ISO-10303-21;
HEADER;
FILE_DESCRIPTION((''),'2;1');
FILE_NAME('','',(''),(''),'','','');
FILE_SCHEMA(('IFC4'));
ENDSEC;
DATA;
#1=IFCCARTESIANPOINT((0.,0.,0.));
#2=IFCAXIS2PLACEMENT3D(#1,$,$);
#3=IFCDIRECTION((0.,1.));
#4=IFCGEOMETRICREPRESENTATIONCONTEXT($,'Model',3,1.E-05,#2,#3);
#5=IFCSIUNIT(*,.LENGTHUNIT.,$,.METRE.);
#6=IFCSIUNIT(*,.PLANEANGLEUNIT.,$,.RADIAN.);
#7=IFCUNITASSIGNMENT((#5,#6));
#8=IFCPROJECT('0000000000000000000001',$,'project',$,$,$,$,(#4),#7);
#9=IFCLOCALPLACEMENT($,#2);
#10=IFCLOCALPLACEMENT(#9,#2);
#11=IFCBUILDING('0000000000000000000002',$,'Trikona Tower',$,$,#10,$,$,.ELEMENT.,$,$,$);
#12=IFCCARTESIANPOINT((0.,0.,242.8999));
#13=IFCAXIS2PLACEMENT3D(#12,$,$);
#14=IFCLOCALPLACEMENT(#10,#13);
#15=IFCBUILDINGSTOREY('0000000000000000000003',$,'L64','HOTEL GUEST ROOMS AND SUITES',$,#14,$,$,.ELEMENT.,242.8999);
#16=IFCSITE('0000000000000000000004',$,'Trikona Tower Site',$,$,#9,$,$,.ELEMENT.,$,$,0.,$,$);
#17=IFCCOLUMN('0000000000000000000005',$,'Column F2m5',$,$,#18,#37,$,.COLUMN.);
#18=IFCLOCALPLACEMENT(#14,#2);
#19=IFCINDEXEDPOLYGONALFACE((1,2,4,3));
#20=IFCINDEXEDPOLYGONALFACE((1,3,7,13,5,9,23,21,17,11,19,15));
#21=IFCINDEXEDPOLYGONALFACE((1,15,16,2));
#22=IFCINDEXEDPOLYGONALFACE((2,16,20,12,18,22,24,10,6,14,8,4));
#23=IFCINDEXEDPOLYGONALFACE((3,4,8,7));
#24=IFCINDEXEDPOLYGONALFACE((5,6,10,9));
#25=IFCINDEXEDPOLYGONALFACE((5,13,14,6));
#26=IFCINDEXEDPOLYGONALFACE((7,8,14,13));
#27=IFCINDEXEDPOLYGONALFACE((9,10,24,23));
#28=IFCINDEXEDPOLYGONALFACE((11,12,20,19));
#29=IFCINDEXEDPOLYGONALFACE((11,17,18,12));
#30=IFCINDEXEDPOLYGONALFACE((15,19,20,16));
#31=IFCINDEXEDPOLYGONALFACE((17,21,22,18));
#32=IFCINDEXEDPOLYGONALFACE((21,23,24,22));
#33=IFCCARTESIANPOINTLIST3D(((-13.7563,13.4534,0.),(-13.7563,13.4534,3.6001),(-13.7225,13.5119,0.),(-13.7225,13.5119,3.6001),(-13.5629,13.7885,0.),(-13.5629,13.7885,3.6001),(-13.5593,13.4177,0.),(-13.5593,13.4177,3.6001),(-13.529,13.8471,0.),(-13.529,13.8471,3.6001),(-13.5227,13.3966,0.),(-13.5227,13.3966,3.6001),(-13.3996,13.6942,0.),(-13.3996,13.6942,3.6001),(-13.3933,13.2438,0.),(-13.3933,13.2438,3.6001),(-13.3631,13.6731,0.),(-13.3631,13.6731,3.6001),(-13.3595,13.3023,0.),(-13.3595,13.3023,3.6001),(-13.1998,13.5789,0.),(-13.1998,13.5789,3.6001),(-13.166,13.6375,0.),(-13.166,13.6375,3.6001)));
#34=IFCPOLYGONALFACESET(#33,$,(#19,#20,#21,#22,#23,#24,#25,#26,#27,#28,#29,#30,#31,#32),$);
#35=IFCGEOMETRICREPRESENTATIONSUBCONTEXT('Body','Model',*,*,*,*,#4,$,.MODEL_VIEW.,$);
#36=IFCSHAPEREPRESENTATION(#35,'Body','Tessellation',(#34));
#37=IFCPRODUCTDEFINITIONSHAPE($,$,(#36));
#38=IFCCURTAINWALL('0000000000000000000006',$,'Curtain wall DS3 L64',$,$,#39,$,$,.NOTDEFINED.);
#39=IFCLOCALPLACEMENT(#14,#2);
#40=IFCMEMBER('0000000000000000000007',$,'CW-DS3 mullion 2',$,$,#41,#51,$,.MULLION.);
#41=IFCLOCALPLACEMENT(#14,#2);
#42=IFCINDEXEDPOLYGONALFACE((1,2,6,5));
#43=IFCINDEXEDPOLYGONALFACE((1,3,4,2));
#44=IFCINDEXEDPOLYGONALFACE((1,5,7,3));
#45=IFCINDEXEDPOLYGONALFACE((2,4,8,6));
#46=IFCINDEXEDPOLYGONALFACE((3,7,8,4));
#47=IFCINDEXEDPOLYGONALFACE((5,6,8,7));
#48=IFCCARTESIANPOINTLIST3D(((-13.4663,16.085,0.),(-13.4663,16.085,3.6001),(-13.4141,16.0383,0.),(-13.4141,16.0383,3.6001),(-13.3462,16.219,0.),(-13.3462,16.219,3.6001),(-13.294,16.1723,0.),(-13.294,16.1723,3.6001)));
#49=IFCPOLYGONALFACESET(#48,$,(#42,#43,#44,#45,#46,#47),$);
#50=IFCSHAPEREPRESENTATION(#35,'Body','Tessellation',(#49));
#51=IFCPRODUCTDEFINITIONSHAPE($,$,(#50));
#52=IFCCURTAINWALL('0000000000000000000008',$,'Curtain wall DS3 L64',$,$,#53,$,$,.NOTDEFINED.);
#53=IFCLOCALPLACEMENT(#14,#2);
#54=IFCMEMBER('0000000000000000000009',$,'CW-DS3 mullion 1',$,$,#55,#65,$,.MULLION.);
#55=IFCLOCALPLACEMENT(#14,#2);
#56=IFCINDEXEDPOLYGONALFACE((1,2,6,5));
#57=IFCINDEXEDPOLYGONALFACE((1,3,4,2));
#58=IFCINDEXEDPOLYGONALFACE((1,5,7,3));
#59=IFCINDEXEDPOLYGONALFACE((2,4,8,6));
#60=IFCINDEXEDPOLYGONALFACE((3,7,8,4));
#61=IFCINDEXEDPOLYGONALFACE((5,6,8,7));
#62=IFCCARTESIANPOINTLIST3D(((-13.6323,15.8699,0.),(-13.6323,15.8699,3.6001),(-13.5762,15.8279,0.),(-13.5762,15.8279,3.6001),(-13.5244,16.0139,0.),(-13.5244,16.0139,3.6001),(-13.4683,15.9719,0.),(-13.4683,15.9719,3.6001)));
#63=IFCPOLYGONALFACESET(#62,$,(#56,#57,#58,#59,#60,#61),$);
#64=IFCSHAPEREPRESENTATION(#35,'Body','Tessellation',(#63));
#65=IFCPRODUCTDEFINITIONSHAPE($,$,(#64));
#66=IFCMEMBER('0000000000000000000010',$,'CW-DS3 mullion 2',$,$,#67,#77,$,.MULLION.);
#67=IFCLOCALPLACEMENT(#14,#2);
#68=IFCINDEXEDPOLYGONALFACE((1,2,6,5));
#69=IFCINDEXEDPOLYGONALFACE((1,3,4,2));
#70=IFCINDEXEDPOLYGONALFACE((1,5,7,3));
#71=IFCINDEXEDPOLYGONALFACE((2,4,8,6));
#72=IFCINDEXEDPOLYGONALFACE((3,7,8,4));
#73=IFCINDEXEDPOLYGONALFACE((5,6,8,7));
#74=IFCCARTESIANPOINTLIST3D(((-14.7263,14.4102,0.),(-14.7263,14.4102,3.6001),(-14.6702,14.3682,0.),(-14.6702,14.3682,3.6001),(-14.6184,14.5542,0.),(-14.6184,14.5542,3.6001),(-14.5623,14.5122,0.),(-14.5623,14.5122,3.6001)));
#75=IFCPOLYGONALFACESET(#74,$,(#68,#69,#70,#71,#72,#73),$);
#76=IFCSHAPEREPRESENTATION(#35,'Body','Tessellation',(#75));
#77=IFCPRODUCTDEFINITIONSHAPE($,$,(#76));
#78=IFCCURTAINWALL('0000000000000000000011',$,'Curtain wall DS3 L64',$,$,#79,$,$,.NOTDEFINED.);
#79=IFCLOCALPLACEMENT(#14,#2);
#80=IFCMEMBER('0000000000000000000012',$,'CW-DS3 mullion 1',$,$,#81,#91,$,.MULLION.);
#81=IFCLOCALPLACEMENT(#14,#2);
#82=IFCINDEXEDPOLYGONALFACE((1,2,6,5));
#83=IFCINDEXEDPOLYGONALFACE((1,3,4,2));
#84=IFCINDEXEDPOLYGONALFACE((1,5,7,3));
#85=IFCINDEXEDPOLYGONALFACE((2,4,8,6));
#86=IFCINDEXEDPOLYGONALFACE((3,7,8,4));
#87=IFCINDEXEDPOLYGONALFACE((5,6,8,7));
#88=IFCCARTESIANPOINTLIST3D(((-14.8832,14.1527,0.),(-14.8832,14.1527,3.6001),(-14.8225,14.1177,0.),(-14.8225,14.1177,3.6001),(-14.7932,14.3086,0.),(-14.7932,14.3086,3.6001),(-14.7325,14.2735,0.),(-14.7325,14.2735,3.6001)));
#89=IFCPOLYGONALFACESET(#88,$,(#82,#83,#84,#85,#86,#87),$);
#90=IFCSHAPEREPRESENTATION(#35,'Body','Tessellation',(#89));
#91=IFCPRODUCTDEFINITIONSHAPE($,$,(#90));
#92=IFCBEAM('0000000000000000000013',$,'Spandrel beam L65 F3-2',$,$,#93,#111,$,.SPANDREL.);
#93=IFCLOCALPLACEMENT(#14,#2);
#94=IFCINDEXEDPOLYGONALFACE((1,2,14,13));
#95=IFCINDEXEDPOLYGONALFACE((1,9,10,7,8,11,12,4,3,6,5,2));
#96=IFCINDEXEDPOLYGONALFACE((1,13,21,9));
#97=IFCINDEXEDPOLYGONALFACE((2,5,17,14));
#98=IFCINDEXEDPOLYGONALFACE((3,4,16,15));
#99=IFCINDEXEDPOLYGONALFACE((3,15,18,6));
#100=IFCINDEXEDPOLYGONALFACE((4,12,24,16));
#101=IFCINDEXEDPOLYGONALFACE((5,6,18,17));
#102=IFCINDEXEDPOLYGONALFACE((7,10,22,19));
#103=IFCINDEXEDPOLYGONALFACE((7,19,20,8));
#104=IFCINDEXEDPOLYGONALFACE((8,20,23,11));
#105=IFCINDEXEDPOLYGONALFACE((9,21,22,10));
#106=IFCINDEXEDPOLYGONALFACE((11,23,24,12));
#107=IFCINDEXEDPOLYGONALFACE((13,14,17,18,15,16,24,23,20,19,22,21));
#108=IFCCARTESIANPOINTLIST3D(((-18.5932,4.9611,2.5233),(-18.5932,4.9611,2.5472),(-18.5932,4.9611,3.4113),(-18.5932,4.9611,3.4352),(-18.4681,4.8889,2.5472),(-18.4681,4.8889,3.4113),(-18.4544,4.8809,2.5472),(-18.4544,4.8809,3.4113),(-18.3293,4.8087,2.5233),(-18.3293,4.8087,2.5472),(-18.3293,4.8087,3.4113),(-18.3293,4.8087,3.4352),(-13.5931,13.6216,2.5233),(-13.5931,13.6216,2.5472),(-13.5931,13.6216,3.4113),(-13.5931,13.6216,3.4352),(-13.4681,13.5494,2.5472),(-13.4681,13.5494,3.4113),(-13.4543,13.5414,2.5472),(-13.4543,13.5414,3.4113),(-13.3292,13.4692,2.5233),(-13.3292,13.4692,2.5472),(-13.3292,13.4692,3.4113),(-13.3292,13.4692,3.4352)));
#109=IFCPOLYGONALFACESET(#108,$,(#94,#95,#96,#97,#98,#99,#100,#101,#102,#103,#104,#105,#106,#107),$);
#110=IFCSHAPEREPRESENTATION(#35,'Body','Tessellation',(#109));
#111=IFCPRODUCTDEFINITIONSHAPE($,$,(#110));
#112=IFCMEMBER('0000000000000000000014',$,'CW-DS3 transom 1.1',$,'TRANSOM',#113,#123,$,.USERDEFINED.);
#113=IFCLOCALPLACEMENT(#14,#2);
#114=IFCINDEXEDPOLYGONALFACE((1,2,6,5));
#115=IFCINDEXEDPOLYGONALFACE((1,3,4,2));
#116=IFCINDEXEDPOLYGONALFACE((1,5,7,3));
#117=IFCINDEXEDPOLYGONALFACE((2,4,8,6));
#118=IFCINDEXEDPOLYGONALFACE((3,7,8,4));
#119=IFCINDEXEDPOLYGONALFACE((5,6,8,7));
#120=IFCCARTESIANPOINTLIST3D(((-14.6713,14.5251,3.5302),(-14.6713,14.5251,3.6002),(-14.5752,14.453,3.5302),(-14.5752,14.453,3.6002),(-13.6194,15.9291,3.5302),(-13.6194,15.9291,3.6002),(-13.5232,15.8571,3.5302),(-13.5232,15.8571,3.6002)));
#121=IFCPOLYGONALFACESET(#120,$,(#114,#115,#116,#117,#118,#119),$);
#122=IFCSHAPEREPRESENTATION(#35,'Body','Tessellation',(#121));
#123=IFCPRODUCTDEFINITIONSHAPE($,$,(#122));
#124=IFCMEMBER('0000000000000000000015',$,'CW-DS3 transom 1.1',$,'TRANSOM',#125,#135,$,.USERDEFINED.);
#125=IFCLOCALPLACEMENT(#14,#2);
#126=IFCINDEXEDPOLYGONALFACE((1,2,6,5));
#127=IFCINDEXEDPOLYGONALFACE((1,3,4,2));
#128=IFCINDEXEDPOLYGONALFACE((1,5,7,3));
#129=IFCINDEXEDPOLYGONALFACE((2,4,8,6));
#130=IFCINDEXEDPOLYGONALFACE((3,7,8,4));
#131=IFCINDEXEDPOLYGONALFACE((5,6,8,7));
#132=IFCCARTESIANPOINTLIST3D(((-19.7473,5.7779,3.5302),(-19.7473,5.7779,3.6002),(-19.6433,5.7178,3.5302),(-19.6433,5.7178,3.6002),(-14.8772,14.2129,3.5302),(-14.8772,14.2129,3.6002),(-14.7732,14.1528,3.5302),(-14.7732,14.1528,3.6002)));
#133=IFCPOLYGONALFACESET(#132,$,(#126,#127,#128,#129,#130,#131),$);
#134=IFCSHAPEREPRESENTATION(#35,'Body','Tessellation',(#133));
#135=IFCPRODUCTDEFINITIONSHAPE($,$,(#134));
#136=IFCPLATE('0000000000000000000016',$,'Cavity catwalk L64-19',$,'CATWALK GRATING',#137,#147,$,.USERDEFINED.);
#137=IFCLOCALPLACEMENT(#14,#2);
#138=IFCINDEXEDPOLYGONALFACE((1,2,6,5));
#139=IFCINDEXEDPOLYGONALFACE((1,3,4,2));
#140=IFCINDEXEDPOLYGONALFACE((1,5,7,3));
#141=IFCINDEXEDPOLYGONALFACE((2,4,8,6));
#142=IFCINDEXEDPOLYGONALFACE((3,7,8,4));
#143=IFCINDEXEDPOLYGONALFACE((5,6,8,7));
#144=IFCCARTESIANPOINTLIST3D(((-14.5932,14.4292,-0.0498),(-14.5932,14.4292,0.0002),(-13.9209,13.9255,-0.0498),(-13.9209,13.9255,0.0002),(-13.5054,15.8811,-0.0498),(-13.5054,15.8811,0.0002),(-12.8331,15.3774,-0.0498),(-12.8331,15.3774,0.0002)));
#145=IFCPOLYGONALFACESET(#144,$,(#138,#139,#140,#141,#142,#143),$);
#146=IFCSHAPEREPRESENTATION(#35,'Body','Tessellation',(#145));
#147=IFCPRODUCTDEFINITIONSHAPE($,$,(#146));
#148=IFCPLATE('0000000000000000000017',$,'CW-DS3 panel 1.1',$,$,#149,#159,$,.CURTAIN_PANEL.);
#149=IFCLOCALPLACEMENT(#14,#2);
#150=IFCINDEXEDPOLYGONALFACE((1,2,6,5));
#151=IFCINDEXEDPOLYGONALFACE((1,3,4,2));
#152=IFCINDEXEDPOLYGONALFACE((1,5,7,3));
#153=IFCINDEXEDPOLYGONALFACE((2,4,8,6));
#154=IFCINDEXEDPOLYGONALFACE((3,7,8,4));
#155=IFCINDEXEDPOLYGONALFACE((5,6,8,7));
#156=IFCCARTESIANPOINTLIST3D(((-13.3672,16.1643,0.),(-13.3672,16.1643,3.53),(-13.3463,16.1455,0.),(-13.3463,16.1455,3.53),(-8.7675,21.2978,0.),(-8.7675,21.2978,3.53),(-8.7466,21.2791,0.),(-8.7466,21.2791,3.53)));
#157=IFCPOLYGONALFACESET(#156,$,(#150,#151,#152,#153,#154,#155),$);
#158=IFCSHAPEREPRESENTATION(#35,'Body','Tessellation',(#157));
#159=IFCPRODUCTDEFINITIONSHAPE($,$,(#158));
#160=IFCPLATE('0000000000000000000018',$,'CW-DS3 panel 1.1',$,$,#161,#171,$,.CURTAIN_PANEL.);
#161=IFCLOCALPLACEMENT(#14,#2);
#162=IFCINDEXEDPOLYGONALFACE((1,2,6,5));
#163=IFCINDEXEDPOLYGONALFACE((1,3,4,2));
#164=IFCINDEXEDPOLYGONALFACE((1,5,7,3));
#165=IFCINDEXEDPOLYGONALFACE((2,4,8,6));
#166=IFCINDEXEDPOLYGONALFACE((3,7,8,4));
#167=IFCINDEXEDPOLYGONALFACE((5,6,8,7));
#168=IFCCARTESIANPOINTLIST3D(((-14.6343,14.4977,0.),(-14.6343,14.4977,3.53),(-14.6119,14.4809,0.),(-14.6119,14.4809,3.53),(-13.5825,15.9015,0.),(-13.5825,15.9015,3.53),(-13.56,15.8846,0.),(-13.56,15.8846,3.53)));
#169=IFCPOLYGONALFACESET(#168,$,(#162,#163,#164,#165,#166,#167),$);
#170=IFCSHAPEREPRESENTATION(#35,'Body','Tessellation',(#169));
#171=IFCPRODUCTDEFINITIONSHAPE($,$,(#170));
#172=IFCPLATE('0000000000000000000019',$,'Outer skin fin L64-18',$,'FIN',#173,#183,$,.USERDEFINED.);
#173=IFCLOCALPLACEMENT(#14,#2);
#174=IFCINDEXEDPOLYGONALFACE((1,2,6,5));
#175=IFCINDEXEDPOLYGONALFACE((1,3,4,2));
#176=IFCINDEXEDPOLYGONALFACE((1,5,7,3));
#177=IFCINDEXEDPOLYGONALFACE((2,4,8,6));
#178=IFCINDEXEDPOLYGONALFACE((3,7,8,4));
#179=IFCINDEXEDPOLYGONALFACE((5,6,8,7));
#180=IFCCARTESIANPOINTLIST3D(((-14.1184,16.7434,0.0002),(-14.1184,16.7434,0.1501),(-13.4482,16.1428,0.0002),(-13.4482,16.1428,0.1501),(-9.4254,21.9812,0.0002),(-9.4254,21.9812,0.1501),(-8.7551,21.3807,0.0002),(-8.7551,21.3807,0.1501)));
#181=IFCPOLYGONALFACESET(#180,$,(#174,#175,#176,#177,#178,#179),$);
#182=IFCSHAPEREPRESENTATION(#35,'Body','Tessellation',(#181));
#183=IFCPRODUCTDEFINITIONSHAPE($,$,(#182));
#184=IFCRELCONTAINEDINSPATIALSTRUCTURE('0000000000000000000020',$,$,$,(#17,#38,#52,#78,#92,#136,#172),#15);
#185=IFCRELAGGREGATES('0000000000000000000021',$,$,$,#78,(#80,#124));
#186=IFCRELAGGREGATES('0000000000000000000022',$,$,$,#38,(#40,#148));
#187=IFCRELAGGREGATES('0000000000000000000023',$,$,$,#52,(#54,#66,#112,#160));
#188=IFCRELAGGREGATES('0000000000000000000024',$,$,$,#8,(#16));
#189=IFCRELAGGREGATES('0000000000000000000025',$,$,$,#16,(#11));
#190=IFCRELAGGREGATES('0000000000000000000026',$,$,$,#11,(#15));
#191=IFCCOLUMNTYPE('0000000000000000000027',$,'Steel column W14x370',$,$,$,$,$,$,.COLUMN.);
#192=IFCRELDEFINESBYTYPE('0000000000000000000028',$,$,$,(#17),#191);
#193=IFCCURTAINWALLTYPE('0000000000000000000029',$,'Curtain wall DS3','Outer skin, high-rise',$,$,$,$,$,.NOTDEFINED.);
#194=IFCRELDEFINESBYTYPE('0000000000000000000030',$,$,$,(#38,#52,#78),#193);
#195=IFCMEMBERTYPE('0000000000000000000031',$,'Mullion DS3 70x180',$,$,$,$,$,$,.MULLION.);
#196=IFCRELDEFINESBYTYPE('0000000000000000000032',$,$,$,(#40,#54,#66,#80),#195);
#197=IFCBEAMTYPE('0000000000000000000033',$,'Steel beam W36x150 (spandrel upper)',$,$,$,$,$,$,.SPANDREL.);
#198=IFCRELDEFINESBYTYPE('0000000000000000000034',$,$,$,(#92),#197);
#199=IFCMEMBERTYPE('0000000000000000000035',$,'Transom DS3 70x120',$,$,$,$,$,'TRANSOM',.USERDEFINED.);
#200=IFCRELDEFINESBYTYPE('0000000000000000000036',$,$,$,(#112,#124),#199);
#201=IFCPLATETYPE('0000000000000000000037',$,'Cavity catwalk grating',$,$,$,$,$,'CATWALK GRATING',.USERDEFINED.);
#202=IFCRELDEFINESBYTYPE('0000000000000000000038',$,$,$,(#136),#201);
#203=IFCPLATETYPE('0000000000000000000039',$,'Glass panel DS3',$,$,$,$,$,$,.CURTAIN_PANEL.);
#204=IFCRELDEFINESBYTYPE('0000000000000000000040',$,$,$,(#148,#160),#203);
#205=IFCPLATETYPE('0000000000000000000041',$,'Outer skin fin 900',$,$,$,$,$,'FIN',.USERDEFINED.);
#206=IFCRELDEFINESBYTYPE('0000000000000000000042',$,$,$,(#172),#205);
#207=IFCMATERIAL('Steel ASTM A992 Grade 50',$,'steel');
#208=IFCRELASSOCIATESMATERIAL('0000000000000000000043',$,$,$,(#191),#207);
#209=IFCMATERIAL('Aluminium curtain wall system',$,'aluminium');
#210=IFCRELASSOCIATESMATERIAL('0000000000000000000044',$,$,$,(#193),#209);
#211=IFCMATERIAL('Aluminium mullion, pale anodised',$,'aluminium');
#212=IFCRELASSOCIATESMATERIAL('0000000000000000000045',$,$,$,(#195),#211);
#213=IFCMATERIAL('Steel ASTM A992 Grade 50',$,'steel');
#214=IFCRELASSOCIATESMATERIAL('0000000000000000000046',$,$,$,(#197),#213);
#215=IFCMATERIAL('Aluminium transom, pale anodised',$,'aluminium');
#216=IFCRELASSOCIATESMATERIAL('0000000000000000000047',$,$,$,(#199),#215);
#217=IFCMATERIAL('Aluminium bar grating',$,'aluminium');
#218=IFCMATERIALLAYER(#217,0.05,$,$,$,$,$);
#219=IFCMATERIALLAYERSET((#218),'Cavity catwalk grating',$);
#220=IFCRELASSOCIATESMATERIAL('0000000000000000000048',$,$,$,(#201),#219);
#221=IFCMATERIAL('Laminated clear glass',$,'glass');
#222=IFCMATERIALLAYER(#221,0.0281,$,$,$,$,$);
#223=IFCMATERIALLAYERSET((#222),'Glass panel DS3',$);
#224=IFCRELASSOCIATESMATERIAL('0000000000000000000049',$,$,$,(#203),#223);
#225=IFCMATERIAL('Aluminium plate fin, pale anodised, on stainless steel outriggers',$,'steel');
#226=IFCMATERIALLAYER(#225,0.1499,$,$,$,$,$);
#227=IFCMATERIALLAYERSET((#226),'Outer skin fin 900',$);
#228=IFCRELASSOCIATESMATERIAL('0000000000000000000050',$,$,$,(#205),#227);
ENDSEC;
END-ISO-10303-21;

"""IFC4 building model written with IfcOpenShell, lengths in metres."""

from ifc_helpers import new_model, si_unit, direction, frame, origin, origin_2d, place, context, subcontext, project, spatial, rectangle, i_section, extrude, material, layer, layer_set, material_profile, profile_set, type_object, element, aggregate, save


model = new_model("IFC4")

# Units and contexts
model_context = context("Model", 3, precision=1e-05, world=origin(), true_north=direction((0.0, 1.0)))
body_context = subcontext(model_context, "Body", "Model", "MODEL_VIEW")
ifc_project = project(units=[si_unit("LENGTHUNIT", "METRE"), si_unit("PLANEANGLEUNIT", "RADIAN")], contexts=[model_context])

# Site, building, storey
site_placement = place(None, origin())
site = spatial("IfcSite", under=ifc_project, at=site_placement, Name="Trikona Tower Site", CompositionType="ELEMENT", RefElevation=0.0)
building_placement = place(site_placement, origin())
building = spatial("IfcBuilding", under=site, at=building_placement, Name="Trikona Tower", CompositionType="ELEMENT")
storey_placement = place(building_placement, frame((0.0, 0.0, 242.8999)))
storey = spatial("IfcBuildingStorey", under=building, at=storey_placement, Name="L64", Description="HOTEL GUEST ROOMS AND SUITES", CompositionType="ELEMENT", Elevation=242.8999)

# Column
ifc_material_1 = material(Name="Steel ASTM A992 Grade 50", Category="steel")
ifc_material_profile_1 = material_profile(ifc_material_1, i_section(OverallWidth=0.4192, OverallDepth=0.4546, WebThickness=0.0422, FlangeThickness=0.0676, at=origin_2d()), Name="W14X370")
ifc_profile_set_1 = profile_set([ifc_material_profile_1], Name="Steel ASTM A992 Grade 50")
column_type = type_object("IfcColumnType", Name="Steel column W14x370", PredefinedType="COLUMN", material=ifc_profile_set_1)
column_placement = place(storey_placement, frame((-13.4612, 13.5454, 0.0), z_axis=(0.0, 0.0, 1.0), x_axis=(-0.866025, 0.5, 0.0)))
element("IfcColumn", 1, at=column_placement, inside=storey, type_object=column_type, Name="Column F2m5", PredefinedType="COLUMN", context=body_context, shape_type="SweptSolid", body=[
    extrude(i_section(OverallWidth=0.4192, OverallDepth=0.4546, WebThickness=0.0422, FlangeThickness=0.0676, at=origin_2d()), origin(), (0.0, 0.0, 1.0), 3.6001),
])

# Curtain wall, member
ifc_material_2 = material(Name="Aluminium curtain wall system", Category="aluminium")
curtain_wall_type = type_object("IfcCurtainWallType", Name="Curtain wall DS3", Description="Outer skin, high-rise", PredefinedType="NOTDEFINED", material=ifc_material_2)
curtain_wall_1_placement = place(storey_placement, origin())
curtain_wall_1 = element("IfcCurtainWall", 2, at=curtain_wall_1_placement, inside=storey, type_object=curtain_wall_type, Name="Curtain wall DS3 L64", PredefinedType="NOTDEFINED")
ifc_material_3 = material(Name="Aluminium mullion, pale anodised", Category="aluminium")
ifc_material_profile_2 = material_profile(ifc_material_3, rectangle(XDim=0.0701, YDim=0.1799, at=origin_2d()), Name="MUL-DS3")
ifc_profile_set_2 = profile_set([ifc_material_profile_2], Name="Aluminium mullion, pale anodised")
member_type_1 = type_object("IfcMemberType", Name="Mullion DS3 70x180", PredefinedType="MULLION", material=ifc_profile_set_2)
member_1_placement = place(storey_placement, frame((-13.3801, 16.1287, 0.0), z_axis=(0.0, 0.0, 1.0), x_axis=(0.744771, -0.66732, 0.0)))
member_1 = element("IfcMember", 3, at=member_1_placement, type_object=member_type_1, Name="CW-DS3 mullion 2", PredefinedType="MULLION", context=body_context, shape_type="SweptSolid", body=[
    extrude(rectangle(XDim=0.0701, YDim=0.1799, at=origin_2d()), origin(), (0.0, 0.0, 1.0), 3.6001),
])

# Curtain wall, members
curtain_wall_2_placement = place(storey_placement, origin())
curtain_wall_2 = element("IfcCurtainWall", 4, at=curtain_wall_2_placement, inside=storey, type_object=curtain_wall_type, Name="Curtain wall DS3 L64", PredefinedType="NOTDEFINED")
member_2_placement = place(storey_placement, frame((-13.5503, 15.9209, 0.0), z_axis=(0.0, 0.0, 1.0), x_axis=(0.80026, -0.599654, 0.0)))
member_2 = element("IfcMember", 5, at=member_2_placement, type_object=member_type_1, Name="CW-DS3 mullion 1", PredefinedType="MULLION", context=body_context, shape_type="SweptSolid", body=[
    extrude(rectangle(XDim=0.0701, YDim=0.1799, at=origin_2d()), origin(), (0.0, 0.0, 1.0), 3.6001),
])
member_3_placement = place(storey_placement, frame((-14.6443, 14.4612, 0.0), z_axis=(0.0, 0.0, 1.0), x_axis=(0.80026, -0.599654, 0.0)))
member_3 = element("IfcMember", 6, at=member_3_placement, type_object=member_type_1, Name="CW-DS3 mullion 2", PredefinedType="MULLION", context=body_context, shape_type="SweptSolid", body=[
    extrude(rectangle(XDim=0.0701, YDim=0.1799, at=origin_2d()), origin(), (0.0, 0.0, 1.0), 3.6001),
])

# Curtain wall, member
curtain_wall_3_placement = place(storey_placement, origin())
curtain_wall_3 = element("IfcCurtainWall", 7, at=curtain_wall_3_placement, inside=storey, type_object=curtain_wall_type, Name="Curtain wall DS3 L64", PredefinedType="NOTDEFINED")
member_4_placement = place(storey_placement, frame((-14.8079, 14.2131, 0.0), z_axis=(0.0, 0.0, 1.0), x_axis=(0.866025, -0.500001, 0.0)))
member_4 = element("IfcMember", 8, at=member_4_placement, type_object=member_type_1, Name="CW-DS3 mullion 1", PredefinedType="MULLION", context=body_context, shape_type="SweptSolid", body=[
    extrude(rectangle(XDim=0.0701, YDim=0.1799, at=origin_2d()), origin(), (0.0, 0.0, 1.0), 3.6001),
])

# Beam
ifc_material_4 = material(Name="Steel ASTM A992 Grade 50", Category="steel")
ifc_material_profile_3 = material_profile(ifc_material_4, i_section(OverallWidth=0.3047, OverallDepth=0.9119, WebThickness=0.0159, FlangeThickness=0.0239, at=origin_2d()), Name="W36X150")
ifc_profile_set_3 = profile_set([ifc_material_profile_3], Name="Steel ASTM A992 Grade 50")
beam_type = type_object("IfcBeamType", Name="Steel beam W36x150 (spandrel upper)", PredefinedType="SPANDREL", material=ifc_profile_set_3)
beam_placement = place(storey_placement, frame((-13.4612, 13.5454, 2.9792), z_axis=(-0.499994, -0.866029, 0.0), x_axis=(0.866029, -0.499994, 0.0)))
element("IfcBeam", 9, at=beam_placement, inside=storey, type_object=beam_type, Name="Spandrel beam L65 F3-2", PredefinedType="SPANDREL", context=body_context, shape_type="SweptSolid", body=[
    extrude(i_section(OverallWidth=0.3047, OverallDepth=0.9119, WebThickness=0.0159, FlangeThickness=0.0239, at=origin_2d()), origin(), (0.0, 0.0, 1.0), 10.0002),
])

# Members
ifc_material_5 = material(Name="Aluminium transom, pale anodised", Category="aluminium")
ifc_material_profile_4 = material_profile(ifc_material_5, rectangle(XDim=0.1201, YDim=0.0701, at=origin_2d()), Name="TRN-DS3")
ifc_profile_set_4 = profile_set([ifc_material_profile_4], Name="Aluminium transom, pale anodised")
member_type_2 = type_object("IfcMemberType", Name="Transom DS3 70x120", ElementType="TRANSOM", PredefinedType="USERDEFINED", material=ifc_profile_set_4)
member_5_placement = place(storey_placement, frame((-13.5713, 15.8931, 3.5652), z_axis=(-0.599621, -0.800284, 0.0), x_axis=(0.800284, -0.599621, 0.0)))
member_5 = element("IfcMember", 10, at=member_5_placement, type_object=member_type_2, Name="CW-DS3 transom 1.1", ObjectType="TRANSOM", PredefinedType="USERDEFINED", context=body_context, shape_type="SweptSolid", body=[
    extrude(rectangle(XDim=0.1201, YDim=0.0701, at=origin_2d()), origin(), (0.0, 0.0, 1.0), 1.7544),
])
member_6_placement = place(storey_placement, frame((-14.8252, 14.1829, 3.5652), z_axis=(-0.50001, -0.866019, 0.0), x_axis=(0.866019, -0.50001, 0.0)))
member_6 = element("IfcMember", 11, at=member_6_placement, type_object=member_type_2, Name="CW-DS3 transom 1.1", ObjectType="TRANSOM", PredefinedType="USERDEFINED", context=body_context, shape_type="SweptSolid", body=[
    extrude(rectangle(XDim=0.1201, YDim=0.0701, at=origin_2d()), origin(), (0.0, 0.0, 1.0), 9.74),
])
aggregate(curtain_wall_3, [member_4, member_6])

# Plates
ifc_material_6 = material(Name="Aluminium bar grating", Category="aluminium")
ifc_layer_1 = layer(ifc_material_6, 0.05)
ifc_layer_set_1 = layer_set([ifc_layer_1], Name="Cavity catwalk grating")
plate_type_1 = type_object("IfcPlateType", Name="Cavity catwalk grating", ElementType="CATWALK GRATING", PredefinedType="USERDEFINED", material=ifc_layer_set_1)
plate_1_placement = place(storey_placement, frame((-13.7131, 14.9033, -0.0498), z_axis=(0.0, 0.0, 1.0), x_axis=(-0.599619, -0.800286, 0.0)))
element("IfcPlate", 12, at=plate_1_placement, inside=storey, type_object=plate_type_1, Name="Cavity catwalk L64-19", ObjectType="CATWALK GRATING", PredefinedType="USERDEFINED", context=body_context, shape_type="SweptSolid", body=[
    extrude(rectangle(XDim=1.8142, YDim=0.8401, at=origin_2d()), origin(), (0.0, 0.0, 1.0), 0.05),
])
ifc_material_7 = material(Name="Laminated clear glass", Category="glass")
ifc_layer_2 = layer(ifc_material_7, 0.0281)
ifc_layer_set_2 = layer_set([ifc_layer_2], Name="Glass panel DS3")
plate_type_2 = type_object("IfcPlateType", Name="Glass panel DS3", PredefinedType="CURTAIN_PANEL", material=ifc_layer_set_2)
plate_2_placement = place(storey_placement, frame((-11.0569, 18.7217, 0.0), z_axis=(0.0, 0.0, 1.0), x_axis=(-0.66732, -0.744771, 0.0)))
plate_2 = element("IfcPlate", 13, at=plate_2_placement, type_object=plate_type_2, Name="CW-DS3 panel 1.1", PredefinedType="CURTAIN_PANEL", context=body_context, shape_type="SweptSolid", body=[
    extrude(rectangle(XDim=6.8928, YDim=0.0281, at=origin_2d()), origin(), (0.0, 0.0, 1.0), 3.53),
])
aggregate(curtain_wall_1, [member_1, plate_2])
plate_3_placement = place(storey_placement, frame((-14.0972, 15.1912, 0.0), z_axis=(0.0, 0.0, 1.0), x_axis=(-0.599654, -0.80026, 0.0)))
plate_3 = element("IfcPlate", 14, at=plate_3_placement, type_object=plate_type_2, Name="CW-DS3 panel 1.1", PredefinedType="CURTAIN_PANEL", context=body_context, shape_type="SweptSolid", body=[
    extrude(rectangle(XDim=1.7542, YDim=0.0281, at=origin_2d()), origin(), (0.0, 0.0, 1.0), 3.53),
])
aggregate(curtain_wall_2, [member_2, member_3, member_5, plate_3])

# Plate
ifc_material_8 = material(Name="Aluminium plate fin, pale anodised, on stainless steel outriggers", Category="steel")
ifc_layer_3 = layer(ifc_material_8, 0.1499)
ifc_layer_set_3 = layer_set([ifc_layer_3], Name="Outer skin fin 900")
plate_type_3 = type_object("IfcPlateType", Name="Outer skin fin 900", ElementType="FIN", PredefinedType="USERDEFINED", material=ifc_layer_set_3)
plate_4_placement = place(storey_placement, frame((-11.4368, 19.062, 0.0002), z_axis=(0.0, 0.0, 1.0), x_axis=(-0.667311, -0.744779, 0.0)))
element("IfcPlate", 15, at=plate_4_placement, inside=storey, type_object=plate_type_3, Name="Outer skin fin L64-18", ObjectType="FIN", PredefinedType="USERDEFINED", context=body_context, shape_type="SweptSolid", body=[
    extrude(rectangle(XDim=7.0327, YDim=0.8999, at=origin_2d()), origin(), (0.0, 0.0, 1.0), 0.1499),
])

save(model, "model.ifc")
